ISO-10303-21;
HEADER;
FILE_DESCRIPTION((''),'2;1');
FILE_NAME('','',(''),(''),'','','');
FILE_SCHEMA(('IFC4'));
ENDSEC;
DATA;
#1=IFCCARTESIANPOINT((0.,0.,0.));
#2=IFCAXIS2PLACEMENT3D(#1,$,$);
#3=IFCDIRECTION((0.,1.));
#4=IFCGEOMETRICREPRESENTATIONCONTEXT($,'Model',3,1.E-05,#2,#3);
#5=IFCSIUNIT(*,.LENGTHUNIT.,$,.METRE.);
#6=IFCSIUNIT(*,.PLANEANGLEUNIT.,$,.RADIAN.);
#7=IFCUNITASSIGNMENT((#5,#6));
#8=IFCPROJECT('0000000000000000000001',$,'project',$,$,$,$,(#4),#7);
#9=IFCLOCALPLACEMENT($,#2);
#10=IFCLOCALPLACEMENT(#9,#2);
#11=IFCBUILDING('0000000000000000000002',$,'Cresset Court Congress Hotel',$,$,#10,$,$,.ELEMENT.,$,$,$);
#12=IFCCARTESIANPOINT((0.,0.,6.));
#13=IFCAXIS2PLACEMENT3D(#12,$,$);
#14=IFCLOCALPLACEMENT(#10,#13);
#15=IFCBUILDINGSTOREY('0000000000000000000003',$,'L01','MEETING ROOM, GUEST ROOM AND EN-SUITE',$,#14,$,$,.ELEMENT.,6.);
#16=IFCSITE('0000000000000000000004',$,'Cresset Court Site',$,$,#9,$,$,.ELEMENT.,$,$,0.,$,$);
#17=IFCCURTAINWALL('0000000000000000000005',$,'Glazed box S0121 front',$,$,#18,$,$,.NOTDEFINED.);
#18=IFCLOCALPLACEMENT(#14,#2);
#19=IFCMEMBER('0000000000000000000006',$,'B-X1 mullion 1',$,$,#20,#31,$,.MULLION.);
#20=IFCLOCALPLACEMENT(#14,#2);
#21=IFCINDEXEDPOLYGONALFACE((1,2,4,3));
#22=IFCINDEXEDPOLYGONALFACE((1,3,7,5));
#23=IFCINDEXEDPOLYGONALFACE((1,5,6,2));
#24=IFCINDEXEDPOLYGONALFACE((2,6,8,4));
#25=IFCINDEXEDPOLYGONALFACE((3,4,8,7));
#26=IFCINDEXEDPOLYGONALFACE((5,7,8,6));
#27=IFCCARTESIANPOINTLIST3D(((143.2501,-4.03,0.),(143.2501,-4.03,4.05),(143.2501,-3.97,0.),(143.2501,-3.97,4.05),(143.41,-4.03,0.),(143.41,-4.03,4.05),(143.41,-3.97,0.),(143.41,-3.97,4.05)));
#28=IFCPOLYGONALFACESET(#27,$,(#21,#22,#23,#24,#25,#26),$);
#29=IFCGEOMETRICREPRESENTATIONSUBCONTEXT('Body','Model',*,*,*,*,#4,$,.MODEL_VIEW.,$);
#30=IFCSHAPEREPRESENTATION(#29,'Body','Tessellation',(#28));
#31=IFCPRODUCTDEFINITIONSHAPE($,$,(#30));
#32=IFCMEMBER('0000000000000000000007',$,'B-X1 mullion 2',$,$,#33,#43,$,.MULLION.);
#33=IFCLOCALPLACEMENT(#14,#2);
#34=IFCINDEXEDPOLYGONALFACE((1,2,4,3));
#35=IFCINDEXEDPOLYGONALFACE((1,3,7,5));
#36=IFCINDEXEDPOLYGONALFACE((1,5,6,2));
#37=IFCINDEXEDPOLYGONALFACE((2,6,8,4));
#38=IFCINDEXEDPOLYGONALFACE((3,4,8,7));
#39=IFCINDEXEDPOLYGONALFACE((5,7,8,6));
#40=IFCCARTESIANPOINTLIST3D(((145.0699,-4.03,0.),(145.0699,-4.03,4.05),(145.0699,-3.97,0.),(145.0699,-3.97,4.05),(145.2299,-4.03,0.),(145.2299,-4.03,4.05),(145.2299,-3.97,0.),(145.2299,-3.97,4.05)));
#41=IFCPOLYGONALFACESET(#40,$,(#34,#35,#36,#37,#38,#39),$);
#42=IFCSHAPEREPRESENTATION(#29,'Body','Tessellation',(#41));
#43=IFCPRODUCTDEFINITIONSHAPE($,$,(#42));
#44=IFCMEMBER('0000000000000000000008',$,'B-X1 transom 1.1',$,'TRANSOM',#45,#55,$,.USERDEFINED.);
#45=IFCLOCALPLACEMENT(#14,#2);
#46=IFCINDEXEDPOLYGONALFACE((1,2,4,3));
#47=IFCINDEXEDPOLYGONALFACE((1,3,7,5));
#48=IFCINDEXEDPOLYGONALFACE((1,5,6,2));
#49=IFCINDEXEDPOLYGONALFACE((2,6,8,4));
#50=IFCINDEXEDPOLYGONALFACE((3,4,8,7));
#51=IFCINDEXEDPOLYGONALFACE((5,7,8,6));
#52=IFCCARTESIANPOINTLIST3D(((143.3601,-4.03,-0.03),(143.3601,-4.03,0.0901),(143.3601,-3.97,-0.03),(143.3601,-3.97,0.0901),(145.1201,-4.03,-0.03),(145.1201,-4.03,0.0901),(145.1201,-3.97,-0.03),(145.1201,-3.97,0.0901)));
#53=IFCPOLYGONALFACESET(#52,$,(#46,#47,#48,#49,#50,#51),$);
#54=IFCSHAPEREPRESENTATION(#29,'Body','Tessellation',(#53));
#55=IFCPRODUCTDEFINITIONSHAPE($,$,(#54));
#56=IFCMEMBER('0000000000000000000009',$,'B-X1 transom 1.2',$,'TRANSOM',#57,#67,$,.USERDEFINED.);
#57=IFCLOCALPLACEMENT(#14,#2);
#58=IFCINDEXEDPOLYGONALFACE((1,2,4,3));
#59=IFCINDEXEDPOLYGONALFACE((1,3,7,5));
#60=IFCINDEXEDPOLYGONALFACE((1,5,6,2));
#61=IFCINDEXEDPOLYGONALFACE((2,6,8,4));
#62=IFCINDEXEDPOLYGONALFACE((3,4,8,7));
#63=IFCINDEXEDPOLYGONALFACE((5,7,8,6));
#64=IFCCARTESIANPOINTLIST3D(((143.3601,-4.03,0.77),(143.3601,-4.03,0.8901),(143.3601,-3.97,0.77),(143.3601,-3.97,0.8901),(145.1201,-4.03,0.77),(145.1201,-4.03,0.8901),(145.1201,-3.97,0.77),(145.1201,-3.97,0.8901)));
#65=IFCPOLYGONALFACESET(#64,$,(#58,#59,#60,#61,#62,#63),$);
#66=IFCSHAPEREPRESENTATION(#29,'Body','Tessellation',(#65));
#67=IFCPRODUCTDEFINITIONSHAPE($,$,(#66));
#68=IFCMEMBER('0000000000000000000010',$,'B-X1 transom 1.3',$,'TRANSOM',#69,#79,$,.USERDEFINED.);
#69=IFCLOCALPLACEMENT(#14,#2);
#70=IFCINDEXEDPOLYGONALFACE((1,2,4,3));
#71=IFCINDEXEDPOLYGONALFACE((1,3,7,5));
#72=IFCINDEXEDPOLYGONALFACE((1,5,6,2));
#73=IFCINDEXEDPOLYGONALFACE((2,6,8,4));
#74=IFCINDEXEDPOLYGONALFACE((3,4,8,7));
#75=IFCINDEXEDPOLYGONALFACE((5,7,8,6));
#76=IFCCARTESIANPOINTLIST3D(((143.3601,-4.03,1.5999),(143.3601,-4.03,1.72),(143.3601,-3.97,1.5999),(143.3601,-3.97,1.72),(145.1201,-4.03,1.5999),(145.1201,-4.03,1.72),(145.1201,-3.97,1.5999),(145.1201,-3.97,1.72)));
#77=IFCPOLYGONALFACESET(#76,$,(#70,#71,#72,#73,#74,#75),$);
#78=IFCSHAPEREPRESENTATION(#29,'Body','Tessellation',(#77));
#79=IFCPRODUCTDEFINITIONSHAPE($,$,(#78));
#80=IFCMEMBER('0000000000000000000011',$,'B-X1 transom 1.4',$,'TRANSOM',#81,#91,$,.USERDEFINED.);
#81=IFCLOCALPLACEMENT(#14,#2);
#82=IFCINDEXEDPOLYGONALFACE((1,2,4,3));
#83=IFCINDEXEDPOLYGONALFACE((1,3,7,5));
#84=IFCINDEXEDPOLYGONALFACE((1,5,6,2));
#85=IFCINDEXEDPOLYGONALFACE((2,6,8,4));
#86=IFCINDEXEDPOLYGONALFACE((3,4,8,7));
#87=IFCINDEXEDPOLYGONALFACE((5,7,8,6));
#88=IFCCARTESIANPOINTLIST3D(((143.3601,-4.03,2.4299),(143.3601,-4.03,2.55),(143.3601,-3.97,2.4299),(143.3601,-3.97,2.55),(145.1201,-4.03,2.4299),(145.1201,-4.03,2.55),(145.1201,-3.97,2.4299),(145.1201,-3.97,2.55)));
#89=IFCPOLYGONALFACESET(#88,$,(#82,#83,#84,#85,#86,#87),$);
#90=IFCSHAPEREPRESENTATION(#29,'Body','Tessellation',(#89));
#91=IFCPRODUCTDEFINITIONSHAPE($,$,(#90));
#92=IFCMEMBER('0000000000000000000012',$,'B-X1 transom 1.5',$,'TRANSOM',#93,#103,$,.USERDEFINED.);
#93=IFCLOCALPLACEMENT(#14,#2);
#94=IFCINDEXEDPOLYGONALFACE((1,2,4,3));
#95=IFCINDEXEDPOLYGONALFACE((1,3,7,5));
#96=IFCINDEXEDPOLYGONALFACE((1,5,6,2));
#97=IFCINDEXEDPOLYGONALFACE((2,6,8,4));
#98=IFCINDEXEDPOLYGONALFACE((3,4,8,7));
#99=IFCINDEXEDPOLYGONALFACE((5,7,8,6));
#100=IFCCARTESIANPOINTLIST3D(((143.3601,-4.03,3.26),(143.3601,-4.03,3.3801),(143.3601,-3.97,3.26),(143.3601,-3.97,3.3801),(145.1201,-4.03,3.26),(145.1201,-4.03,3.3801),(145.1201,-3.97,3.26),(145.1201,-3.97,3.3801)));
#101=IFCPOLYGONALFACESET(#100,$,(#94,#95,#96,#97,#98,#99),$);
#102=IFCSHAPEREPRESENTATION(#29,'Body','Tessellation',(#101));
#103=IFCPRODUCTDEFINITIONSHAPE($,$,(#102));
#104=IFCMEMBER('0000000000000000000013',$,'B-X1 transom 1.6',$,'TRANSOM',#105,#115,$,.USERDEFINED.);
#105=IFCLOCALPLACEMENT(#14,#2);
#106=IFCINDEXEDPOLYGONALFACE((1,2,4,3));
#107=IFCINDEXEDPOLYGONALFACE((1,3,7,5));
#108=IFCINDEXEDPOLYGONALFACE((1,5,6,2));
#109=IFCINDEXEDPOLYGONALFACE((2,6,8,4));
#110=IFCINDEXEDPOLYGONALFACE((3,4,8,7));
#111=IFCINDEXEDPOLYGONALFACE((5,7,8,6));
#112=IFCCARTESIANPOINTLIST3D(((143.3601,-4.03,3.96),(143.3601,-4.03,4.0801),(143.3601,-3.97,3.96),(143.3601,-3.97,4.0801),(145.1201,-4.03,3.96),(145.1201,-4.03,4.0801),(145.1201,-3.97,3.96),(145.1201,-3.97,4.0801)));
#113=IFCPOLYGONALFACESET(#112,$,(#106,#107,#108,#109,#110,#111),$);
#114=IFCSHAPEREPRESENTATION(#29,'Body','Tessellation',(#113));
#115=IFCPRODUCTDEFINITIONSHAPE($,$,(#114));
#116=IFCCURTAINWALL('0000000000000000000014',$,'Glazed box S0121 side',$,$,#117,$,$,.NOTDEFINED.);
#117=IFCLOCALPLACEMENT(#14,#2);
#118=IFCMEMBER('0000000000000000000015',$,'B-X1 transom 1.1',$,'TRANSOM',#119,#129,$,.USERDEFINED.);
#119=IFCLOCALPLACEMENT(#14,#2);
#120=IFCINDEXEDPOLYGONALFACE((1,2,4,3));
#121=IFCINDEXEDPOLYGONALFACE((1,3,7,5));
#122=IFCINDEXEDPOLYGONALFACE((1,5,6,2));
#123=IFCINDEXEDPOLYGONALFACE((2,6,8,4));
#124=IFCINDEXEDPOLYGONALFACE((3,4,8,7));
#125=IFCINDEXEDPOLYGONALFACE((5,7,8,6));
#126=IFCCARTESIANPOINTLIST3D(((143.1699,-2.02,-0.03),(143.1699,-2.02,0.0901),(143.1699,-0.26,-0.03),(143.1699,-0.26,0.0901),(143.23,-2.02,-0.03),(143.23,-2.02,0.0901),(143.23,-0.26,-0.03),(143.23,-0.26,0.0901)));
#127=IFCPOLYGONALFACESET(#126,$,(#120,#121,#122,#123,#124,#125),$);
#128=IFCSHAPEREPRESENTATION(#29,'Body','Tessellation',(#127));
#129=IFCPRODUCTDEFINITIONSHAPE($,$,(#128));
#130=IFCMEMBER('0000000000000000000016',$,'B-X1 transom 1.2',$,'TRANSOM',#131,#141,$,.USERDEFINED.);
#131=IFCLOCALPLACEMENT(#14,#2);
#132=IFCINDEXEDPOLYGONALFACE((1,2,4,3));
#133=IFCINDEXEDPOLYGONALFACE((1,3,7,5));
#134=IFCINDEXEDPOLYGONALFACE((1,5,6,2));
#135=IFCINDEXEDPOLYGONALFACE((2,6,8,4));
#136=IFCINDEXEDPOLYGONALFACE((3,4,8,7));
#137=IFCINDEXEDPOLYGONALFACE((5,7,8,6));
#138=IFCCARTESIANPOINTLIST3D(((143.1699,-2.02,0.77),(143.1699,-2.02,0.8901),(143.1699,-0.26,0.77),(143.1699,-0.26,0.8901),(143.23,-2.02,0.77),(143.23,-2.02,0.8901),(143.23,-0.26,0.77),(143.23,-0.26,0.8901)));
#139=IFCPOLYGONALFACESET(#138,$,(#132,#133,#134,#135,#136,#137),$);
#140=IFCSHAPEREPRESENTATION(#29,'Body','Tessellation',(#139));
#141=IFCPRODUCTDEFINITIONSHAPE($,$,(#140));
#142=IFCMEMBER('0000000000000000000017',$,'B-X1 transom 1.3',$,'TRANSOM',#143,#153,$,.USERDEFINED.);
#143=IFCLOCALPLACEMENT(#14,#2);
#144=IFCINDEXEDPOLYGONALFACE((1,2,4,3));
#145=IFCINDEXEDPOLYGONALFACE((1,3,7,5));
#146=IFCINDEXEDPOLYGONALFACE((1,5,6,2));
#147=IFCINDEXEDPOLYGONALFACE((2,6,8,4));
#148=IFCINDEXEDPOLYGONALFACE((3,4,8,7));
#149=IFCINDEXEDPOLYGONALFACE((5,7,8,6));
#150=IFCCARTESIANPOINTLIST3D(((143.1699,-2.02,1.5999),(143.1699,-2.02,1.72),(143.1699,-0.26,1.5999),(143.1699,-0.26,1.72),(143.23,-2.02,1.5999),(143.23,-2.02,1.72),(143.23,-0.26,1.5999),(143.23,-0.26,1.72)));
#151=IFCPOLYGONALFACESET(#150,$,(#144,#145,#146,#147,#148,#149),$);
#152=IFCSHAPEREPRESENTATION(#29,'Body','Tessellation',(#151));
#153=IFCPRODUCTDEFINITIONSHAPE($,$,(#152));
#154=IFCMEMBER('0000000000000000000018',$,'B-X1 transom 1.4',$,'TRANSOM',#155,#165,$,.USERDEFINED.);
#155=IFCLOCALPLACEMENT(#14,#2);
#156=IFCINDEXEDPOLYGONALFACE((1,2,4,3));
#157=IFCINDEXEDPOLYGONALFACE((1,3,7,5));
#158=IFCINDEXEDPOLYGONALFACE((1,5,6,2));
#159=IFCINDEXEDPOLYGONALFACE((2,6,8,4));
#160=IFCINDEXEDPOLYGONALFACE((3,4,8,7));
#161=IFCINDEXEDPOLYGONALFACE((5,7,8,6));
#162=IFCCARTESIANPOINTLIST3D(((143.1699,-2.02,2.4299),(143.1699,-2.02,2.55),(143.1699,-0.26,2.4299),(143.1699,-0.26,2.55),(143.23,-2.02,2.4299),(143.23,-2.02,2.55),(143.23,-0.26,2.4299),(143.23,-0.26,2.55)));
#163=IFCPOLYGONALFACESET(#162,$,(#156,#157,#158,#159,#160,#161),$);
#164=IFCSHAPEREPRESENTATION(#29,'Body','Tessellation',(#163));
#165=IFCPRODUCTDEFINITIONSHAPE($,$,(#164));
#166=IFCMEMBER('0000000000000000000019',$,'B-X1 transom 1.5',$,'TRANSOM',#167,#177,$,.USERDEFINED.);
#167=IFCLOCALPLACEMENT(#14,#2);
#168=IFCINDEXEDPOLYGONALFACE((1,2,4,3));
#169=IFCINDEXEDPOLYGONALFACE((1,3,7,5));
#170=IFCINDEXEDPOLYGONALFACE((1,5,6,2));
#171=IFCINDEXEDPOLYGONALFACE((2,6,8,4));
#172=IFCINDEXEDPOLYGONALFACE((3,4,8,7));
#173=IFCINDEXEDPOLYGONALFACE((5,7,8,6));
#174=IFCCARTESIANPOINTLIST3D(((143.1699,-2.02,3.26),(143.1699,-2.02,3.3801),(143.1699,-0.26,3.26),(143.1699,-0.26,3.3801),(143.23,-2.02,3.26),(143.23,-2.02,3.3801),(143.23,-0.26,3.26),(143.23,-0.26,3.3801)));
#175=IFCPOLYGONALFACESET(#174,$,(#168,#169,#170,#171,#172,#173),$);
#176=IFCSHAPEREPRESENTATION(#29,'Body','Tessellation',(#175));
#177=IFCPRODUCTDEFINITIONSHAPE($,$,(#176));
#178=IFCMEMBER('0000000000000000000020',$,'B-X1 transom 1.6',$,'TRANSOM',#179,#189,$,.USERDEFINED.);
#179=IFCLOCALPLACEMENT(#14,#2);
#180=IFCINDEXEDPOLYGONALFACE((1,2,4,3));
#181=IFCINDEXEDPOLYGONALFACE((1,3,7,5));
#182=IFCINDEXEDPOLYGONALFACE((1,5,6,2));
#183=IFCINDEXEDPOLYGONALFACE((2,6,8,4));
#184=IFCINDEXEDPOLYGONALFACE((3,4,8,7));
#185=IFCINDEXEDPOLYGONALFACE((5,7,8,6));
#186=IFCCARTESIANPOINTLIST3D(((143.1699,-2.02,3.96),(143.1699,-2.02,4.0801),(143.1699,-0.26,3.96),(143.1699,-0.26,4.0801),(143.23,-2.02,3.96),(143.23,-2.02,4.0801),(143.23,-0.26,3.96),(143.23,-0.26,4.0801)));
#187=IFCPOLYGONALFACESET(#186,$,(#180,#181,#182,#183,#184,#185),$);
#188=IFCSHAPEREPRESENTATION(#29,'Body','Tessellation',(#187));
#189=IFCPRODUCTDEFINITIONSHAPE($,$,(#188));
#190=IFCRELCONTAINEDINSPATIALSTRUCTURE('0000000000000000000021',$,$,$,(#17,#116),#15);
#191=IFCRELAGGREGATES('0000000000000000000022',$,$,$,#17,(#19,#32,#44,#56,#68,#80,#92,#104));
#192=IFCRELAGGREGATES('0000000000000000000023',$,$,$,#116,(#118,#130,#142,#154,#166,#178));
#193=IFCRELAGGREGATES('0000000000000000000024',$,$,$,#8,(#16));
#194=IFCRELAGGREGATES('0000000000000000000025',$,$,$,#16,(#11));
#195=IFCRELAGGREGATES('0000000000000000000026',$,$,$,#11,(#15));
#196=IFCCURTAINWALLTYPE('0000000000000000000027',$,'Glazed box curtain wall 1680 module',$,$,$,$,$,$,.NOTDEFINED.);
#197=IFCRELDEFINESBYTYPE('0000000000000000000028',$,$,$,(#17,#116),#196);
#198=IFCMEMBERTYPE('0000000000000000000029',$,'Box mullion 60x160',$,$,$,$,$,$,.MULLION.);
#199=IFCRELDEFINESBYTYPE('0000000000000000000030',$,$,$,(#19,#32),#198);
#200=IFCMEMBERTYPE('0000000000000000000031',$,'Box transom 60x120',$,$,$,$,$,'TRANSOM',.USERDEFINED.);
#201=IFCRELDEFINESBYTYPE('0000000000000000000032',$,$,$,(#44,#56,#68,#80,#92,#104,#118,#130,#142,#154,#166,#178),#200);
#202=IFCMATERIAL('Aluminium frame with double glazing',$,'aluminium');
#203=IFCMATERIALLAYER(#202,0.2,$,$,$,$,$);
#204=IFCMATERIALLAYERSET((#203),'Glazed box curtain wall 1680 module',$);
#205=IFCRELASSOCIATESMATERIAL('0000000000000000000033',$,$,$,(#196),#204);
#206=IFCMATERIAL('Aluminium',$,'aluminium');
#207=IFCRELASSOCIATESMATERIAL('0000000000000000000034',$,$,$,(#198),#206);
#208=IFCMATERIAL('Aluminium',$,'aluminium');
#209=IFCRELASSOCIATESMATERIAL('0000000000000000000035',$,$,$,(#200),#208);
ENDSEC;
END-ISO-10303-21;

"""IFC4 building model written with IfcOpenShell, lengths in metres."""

from ifc_helpers import new_model, si_unit, direction, frame, origin, origin_2d, place, context, subcontext, project, spatial, rectangle, extrude, material, layer, layer_set, material_profile, profile_set, type_object, element, aggregate, save


model = new_model("IFC4")

# Units and contexts
model_context = context("Model", 3, precision=1e-05, world=origin(), true_north=direction((0.0, 1.0)))
body_context = subcontext(model_context, "Body", "Model", "MODEL_VIEW")
ifc_project = project(units=[si_unit("LENGTHUNIT", "METRE"), si_unit("PLANEANGLEUNIT", "RADIAN")], contexts=[model_context])

# Site, building, storey
site_placement = place(None, origin())
site = spatial("IfcSite", under=ifc_project, at=site_placement, Name="Cresset Court Site", CompositionType="ELEMENT", RefElevation=0.0)
building_placement = place(site_placement, origin())
building = spatial("IfcBuilding", under=site, at=building_placement, Name="Cresset Court Congress Hotel", CompositionType="ELEMENT")
storey_placement = place(building_placement, frame((0.0, 0.0, 6.0)))
storey = spatial("IfcBuildingStorey", under=building, at=storey_placement, Name="L01", Description="MEETING ROOM, GUEST ROOM AND EN-SUITE", CompositionType="ELEMENT", Elevation=6.0)

# Curtain walls, members
ifc_material_1 = material(Name="Aluminium frame with double glazing", Category="aluminium")
ifc_layer_1 = layer(ifc_material_1, 0.2)
ifc_layer_set_1 = layer_set([ifc_layer_1], Name="Glazed box curtain wall 1680 module")
curtain_wall_type = type_object("IfcCurtainWallType", Name="Glazed box curtain wall 1680 module", PredefinedType="NOTDEFINED", material=ifc_layer_set_1)
curtain_wall_1_placement = place(storey_placement, origin())
curtain_wall_1 = element("IfcCurtainWall", 1, at=curtain_wall_1_placement, inside=storey, type_object=curtain_wall_type, Name="Glazed box S0121 front", PredefinedType="NOTDEFINED")
ifc_material_2 = material(Name="Aluminium", Category="aluminium")
ifc_material_profile_1 = material_profile(ifc_material_2, rectangle(XDim=0.0601, YDim=0.1599, at=origin_2d()), Name="Box mullion 60x160")
ifc_profile_set_1 = profile_set([ifc_material_profile_1], Name="Aluminium")
member_type_1 = type_object("IfcMemberType", Name="Box mullion 60x160", PredefinedType="MULLION", material=ifc_profile_set_1)
member_1_placement = place(storey_placement, frame((143.3301, -4.0, 0.0), z_axis=(0.0, 0.0, 1.0), x_axis=(0.0, 1.0, 0.0)))
member_1 = element("IfcMember", 2, at=member_1_placement, type_object=member_type_1, Name="B-X1 mullion 1", PredefinedType="MULLION", context=body_context, shape_type="SweptSolid", body=[
    extrude(rectangle(XDim=0.0601, YDim=0.1599, at=origin_2d()), origin(), (0.0, 0.0, 1.0), 4.05),
])
member_2_placement = place(storey_placement, frame((145.1499, -4.0, 0.0), z_axis=(0.0, 0.0, 1.0), x_axis=(0.0, 1.0, 0.0)))
member_2 = element("IfcMember", 3, at=member_2_placement, type_object=member_type_1, Name="B-X1 mullion 2", PredefinedType="MULLION", context=body_context, shape_type="SweptSolid", body=[
    extrude(rectangle(XDim=0.0601, YDim=0.1599, at=origin_2d()), origin(), (0.0, 0.0, 1.0), 4.05),
])
ifc_material_3 = material(Name="Aluminium", Category="aluminium")
ifc_material_profile_2 = material_profile(ifc_material_3, rectangle(XDim=0.0601, YDim=0.1201, at=origin_2d()), Name="Box transom 60x120")
ifc_profile_set_2 = profile_set([ifc_material_profile_2], Name="Aluminium")
member_type_2 = type_object("IfcMemberType", Name="Box transom 60x120", ElementType="TRANSOM", PredefinedType="USERDEFINED", material=ifc_profile_set_2)
member_3_placement = place(storey_placement, frame((143.3601, -4.0, 0.03), z_axis=(1.0, 0.0, 0.0), x_axis=(0.0, 1.0, 0.0)))
member_3 = element("IfcMember", 4, at=member_3_placement, type_object=member_type_2, Name="B-X1 transom 1.1", ObjectType="TRANSOM", PredefinedType="USERDEFINED", context=body_context, shape_type="SweptSolid", body=[
    extrude(rectangle(XDim=0.0601, YDim=0.1201, at=origin_2d()), origin(), (0.0, 0.0, 1.0), 1.76),
])
member_4_placement = place(storey_placement, frame((143.3601, -4.0, 0.8301), z_axis=(1.0, 0.0, 0.0), x_axis=(0.0, 1.0, 0.0)))
member_4 = element("IfcMember", 5, at=member_4_placement, type_object=member_type_2, Name="B-X1 transom 1.2", ObjectType="TRANSOM", PredefinedType="USERDEFINED", context=body_context, shape_type="SweptSolid", body=[
    extrude(rectangle(XDim=0.0601, YDim=0.1201, at=origin_2d()), origin(), (0.0, 0.0, 1.0), 1.76),
])
member_5_placement = place(storey_placement, frame((143.3601, -4.0, 1.6599), z_axis=(1.0, 0.0, 0.0), x_axis=(0.0, 1.0, 0.0)))
member_5 = element("IfcMember", 6, at=member_5_placement, type_object=member_type_2, Name="B-X1 transom 1.3", ObjectType="TRANSOM", PredefinedType="USERDEFINED", context=body_context, shape_type="SweptSolid", body=[
    extrude(rectangle(XDim=0.0601, YDim=0.1201, at=origin_2d()), origin(), (0.0, 0.0, 1.0), 1.76),
])
member_6_placement = place(storey_placement, frame((143.3601, -4.0, 2.49), z_axis=(1.0, 0.0, 0.0), x_axis=(0.0, 1.0, 0.0)))
member_6 = element("IfcMember", 7, at=member_6_placement, type_object=member_type_2, Name="B-X1 transom 1.4", ObjectType="TRANSOM", PredefinedType="USERDEFINED", context=body_context, shape_type="SweptSolid", body=[
    extrude(rectangle(XDim=0.0601, YDim=0.1201, at=origin_2d()), origin(), (0.0, 0.0, 1.0), 1.76),
])
member_7_placement = place(storey_placement, frame((143.3601, -4.0, 3.3201), z_axis=(1.0, 0.0, 0.0), x_axis=(0.0, 1.0, 0.0)))
member_7 = element("IfcMember", 8, at=member_7_placement, type_object=member_type_2, Name="B-X1 transom 1.5", ObjectType="TRANSOM", PredefinedType="USERDEFINED", context=body_context, shape_type="SweptSolid", body=[
    extrude(rectangle(XDim=0.0601, YDim=0.1201, at=origin_2d()), origin(), (0.0, 0.0, 1.0), 1.76),
])
member_8_placement = place(storey_placement, frame((143.3601, -4.0, 4.02), z_axis=(1.0, 0.0, 0.0), x_axis=(0.0, 1.0, 0.0)))
member_8 = element("IfcMember", 9, at=member_8_placement, type_object=member_type_2, Name="B-X1 transom 1.6", ObjectType="TRANSOM", PredefinedType="USERDEFINED", context=body_context, shape_type="SweptSolid", body=[
    extrude(rectangle(XDim=0.0601, YDim=0.1201, at=origin_2d()), origin(), (0.0, 0.0, 1.0), 1.76),
])
curtain_wall_2_placement = place(storey_placement, origin())
curtain_wall_2 = element("IfcCurtainWall", 10, at=curtain_wall_2_placement, inside=storey, type_object=curtain_wall_type, Name="Glazed box S0121 side", PredefinedType="NOTDEFINED")
member_9_placement = place(storey_placement, frame((143.2, -0.26, 0.03), z_axis=(0.0, -1.0, 0.0), x_axis=(1.0, 0.0, 0.0)))
member_9 = element("IfcMember", 11, at=member_9_placement, type_object=member_type_2, Name="B-X1 transom 1.1", ObjectType="TRANSOM", PredefinedType="USERDEFINED", context=body_context, shape_type="SweptSolid", body=[
    extrude(rectangle(XDim=0.0601, YDim=0.1201, at=origin_2d()), origin(), (0.0, 0.0, 1.0), 1.76),
])
member_10_placement = place(storey_placement, frame((143.2, -0.26, 0.8301), z_axis=(0.0, -1.0, 0.0), x_axis=(1.0, 0.0, 0.0)))
member_10 = element("IfcMember", 12, at=member_10_placement, type_object=member_type_2, Name="B-X1 transom 1.2", ObjectType="TRANSOM", PredefinedType="USERDEFINED", context=body_context, shape_type="SweptSolid", body=[
    extrude(rectangle(XDim=0.0601, YDim=0.1201, at=origin_2d()), origin(), (0.0, 0.0, 1.0), 1.76),
])
member_11_placement = place(storey_placement, frame((143.2, -0.26, 1.6599), z_axis=(0.0, -1.0, 0.0), x_axis=(1.0, 0.0, 0.0)))
member_11 = element("IfcMember", 13, at=member_11_placement, type_object=member_type_2, Name="B-X1 transom 1.3", ObjectType="TRANSOM", PredefinedType="USERDEFINED", context=body_context, shape_type="SweptSolid", body=[
    extrude(rectangle(XDim=0.0601, YDim=0.1201, at=origin_2d()), origin(), (0.0, 0.0, 1.0), 1.76),
])
member_12_placement = place(storey_placement, frame((143.2, -0.26, 2.49), z_axis=(0.0, -1.0, 0.0), x_axis=(1.0, 0.0, 0.0)))
member_12 = element("IfcMember", 14, at=member_12_placement, type_object=member_type_2, Name="B-X1 transom 1.4", ObjectType="TRANSOM", PredefinedType="USERDEFINED", context=body_context, shape_type="SweptSolid", body=[
    extrude(rectangle(XDim=0.0601, YDim=0.1201, at=origin_2d()), origin(), (0.0, 0.0, 1.0), 1.76),
])
member_13_placement = place(storey_placement, frame((143.2, -0.26, 3.3201), z_axis=(0.0, -1.0, 0.0), x_axis=(1.0, 0.0, 0.0)))
member_13 = element("IfcMember", 15, at=member_13_placement, type_object=member_type_2, Name="B-X1 transom 1.5", ObjectType="TRANSOM", PredefinedType="USERDEFINED", context=body_context, shape_type="SweptSolid", body=[
    extrude(rectangle(XDim=0.0601, YDim=0.1201, at=origin_2d()), origin(), (0.0, 0.0, 1.0), 1.76),
])
member_14_placement = place(storey_placement, frame((143.2, -0.26, 4.02), z_axis=(0.0, -1.0, 0.0), x_axis=(1.0, 0.0, 0.0)))
member_14 = element("IfcMember", 16, at=member_14_placement, type_object=member_type_2, Name="B-X1 transom 1.6", ObjectType="TRANSOM", PredefinedType="USERDEFINED", context=body_context, shape_type="SweptSolid", body=[
    extrude(rectangle(XDim=0.0601, YDim=0.1201, at=origin_2d()), origin(), (0.0, 0.0, 1.0), 1.76),
])

aggregate(curtain_wall_1, [member_1, member_2, member_3, member_4, member_5, member_6, member_7, member_8])
aggregate(curtain_wall_2, [member_9, member_10, member_11, member_12, member_13, member_14])

save(model, "model.ifc")
